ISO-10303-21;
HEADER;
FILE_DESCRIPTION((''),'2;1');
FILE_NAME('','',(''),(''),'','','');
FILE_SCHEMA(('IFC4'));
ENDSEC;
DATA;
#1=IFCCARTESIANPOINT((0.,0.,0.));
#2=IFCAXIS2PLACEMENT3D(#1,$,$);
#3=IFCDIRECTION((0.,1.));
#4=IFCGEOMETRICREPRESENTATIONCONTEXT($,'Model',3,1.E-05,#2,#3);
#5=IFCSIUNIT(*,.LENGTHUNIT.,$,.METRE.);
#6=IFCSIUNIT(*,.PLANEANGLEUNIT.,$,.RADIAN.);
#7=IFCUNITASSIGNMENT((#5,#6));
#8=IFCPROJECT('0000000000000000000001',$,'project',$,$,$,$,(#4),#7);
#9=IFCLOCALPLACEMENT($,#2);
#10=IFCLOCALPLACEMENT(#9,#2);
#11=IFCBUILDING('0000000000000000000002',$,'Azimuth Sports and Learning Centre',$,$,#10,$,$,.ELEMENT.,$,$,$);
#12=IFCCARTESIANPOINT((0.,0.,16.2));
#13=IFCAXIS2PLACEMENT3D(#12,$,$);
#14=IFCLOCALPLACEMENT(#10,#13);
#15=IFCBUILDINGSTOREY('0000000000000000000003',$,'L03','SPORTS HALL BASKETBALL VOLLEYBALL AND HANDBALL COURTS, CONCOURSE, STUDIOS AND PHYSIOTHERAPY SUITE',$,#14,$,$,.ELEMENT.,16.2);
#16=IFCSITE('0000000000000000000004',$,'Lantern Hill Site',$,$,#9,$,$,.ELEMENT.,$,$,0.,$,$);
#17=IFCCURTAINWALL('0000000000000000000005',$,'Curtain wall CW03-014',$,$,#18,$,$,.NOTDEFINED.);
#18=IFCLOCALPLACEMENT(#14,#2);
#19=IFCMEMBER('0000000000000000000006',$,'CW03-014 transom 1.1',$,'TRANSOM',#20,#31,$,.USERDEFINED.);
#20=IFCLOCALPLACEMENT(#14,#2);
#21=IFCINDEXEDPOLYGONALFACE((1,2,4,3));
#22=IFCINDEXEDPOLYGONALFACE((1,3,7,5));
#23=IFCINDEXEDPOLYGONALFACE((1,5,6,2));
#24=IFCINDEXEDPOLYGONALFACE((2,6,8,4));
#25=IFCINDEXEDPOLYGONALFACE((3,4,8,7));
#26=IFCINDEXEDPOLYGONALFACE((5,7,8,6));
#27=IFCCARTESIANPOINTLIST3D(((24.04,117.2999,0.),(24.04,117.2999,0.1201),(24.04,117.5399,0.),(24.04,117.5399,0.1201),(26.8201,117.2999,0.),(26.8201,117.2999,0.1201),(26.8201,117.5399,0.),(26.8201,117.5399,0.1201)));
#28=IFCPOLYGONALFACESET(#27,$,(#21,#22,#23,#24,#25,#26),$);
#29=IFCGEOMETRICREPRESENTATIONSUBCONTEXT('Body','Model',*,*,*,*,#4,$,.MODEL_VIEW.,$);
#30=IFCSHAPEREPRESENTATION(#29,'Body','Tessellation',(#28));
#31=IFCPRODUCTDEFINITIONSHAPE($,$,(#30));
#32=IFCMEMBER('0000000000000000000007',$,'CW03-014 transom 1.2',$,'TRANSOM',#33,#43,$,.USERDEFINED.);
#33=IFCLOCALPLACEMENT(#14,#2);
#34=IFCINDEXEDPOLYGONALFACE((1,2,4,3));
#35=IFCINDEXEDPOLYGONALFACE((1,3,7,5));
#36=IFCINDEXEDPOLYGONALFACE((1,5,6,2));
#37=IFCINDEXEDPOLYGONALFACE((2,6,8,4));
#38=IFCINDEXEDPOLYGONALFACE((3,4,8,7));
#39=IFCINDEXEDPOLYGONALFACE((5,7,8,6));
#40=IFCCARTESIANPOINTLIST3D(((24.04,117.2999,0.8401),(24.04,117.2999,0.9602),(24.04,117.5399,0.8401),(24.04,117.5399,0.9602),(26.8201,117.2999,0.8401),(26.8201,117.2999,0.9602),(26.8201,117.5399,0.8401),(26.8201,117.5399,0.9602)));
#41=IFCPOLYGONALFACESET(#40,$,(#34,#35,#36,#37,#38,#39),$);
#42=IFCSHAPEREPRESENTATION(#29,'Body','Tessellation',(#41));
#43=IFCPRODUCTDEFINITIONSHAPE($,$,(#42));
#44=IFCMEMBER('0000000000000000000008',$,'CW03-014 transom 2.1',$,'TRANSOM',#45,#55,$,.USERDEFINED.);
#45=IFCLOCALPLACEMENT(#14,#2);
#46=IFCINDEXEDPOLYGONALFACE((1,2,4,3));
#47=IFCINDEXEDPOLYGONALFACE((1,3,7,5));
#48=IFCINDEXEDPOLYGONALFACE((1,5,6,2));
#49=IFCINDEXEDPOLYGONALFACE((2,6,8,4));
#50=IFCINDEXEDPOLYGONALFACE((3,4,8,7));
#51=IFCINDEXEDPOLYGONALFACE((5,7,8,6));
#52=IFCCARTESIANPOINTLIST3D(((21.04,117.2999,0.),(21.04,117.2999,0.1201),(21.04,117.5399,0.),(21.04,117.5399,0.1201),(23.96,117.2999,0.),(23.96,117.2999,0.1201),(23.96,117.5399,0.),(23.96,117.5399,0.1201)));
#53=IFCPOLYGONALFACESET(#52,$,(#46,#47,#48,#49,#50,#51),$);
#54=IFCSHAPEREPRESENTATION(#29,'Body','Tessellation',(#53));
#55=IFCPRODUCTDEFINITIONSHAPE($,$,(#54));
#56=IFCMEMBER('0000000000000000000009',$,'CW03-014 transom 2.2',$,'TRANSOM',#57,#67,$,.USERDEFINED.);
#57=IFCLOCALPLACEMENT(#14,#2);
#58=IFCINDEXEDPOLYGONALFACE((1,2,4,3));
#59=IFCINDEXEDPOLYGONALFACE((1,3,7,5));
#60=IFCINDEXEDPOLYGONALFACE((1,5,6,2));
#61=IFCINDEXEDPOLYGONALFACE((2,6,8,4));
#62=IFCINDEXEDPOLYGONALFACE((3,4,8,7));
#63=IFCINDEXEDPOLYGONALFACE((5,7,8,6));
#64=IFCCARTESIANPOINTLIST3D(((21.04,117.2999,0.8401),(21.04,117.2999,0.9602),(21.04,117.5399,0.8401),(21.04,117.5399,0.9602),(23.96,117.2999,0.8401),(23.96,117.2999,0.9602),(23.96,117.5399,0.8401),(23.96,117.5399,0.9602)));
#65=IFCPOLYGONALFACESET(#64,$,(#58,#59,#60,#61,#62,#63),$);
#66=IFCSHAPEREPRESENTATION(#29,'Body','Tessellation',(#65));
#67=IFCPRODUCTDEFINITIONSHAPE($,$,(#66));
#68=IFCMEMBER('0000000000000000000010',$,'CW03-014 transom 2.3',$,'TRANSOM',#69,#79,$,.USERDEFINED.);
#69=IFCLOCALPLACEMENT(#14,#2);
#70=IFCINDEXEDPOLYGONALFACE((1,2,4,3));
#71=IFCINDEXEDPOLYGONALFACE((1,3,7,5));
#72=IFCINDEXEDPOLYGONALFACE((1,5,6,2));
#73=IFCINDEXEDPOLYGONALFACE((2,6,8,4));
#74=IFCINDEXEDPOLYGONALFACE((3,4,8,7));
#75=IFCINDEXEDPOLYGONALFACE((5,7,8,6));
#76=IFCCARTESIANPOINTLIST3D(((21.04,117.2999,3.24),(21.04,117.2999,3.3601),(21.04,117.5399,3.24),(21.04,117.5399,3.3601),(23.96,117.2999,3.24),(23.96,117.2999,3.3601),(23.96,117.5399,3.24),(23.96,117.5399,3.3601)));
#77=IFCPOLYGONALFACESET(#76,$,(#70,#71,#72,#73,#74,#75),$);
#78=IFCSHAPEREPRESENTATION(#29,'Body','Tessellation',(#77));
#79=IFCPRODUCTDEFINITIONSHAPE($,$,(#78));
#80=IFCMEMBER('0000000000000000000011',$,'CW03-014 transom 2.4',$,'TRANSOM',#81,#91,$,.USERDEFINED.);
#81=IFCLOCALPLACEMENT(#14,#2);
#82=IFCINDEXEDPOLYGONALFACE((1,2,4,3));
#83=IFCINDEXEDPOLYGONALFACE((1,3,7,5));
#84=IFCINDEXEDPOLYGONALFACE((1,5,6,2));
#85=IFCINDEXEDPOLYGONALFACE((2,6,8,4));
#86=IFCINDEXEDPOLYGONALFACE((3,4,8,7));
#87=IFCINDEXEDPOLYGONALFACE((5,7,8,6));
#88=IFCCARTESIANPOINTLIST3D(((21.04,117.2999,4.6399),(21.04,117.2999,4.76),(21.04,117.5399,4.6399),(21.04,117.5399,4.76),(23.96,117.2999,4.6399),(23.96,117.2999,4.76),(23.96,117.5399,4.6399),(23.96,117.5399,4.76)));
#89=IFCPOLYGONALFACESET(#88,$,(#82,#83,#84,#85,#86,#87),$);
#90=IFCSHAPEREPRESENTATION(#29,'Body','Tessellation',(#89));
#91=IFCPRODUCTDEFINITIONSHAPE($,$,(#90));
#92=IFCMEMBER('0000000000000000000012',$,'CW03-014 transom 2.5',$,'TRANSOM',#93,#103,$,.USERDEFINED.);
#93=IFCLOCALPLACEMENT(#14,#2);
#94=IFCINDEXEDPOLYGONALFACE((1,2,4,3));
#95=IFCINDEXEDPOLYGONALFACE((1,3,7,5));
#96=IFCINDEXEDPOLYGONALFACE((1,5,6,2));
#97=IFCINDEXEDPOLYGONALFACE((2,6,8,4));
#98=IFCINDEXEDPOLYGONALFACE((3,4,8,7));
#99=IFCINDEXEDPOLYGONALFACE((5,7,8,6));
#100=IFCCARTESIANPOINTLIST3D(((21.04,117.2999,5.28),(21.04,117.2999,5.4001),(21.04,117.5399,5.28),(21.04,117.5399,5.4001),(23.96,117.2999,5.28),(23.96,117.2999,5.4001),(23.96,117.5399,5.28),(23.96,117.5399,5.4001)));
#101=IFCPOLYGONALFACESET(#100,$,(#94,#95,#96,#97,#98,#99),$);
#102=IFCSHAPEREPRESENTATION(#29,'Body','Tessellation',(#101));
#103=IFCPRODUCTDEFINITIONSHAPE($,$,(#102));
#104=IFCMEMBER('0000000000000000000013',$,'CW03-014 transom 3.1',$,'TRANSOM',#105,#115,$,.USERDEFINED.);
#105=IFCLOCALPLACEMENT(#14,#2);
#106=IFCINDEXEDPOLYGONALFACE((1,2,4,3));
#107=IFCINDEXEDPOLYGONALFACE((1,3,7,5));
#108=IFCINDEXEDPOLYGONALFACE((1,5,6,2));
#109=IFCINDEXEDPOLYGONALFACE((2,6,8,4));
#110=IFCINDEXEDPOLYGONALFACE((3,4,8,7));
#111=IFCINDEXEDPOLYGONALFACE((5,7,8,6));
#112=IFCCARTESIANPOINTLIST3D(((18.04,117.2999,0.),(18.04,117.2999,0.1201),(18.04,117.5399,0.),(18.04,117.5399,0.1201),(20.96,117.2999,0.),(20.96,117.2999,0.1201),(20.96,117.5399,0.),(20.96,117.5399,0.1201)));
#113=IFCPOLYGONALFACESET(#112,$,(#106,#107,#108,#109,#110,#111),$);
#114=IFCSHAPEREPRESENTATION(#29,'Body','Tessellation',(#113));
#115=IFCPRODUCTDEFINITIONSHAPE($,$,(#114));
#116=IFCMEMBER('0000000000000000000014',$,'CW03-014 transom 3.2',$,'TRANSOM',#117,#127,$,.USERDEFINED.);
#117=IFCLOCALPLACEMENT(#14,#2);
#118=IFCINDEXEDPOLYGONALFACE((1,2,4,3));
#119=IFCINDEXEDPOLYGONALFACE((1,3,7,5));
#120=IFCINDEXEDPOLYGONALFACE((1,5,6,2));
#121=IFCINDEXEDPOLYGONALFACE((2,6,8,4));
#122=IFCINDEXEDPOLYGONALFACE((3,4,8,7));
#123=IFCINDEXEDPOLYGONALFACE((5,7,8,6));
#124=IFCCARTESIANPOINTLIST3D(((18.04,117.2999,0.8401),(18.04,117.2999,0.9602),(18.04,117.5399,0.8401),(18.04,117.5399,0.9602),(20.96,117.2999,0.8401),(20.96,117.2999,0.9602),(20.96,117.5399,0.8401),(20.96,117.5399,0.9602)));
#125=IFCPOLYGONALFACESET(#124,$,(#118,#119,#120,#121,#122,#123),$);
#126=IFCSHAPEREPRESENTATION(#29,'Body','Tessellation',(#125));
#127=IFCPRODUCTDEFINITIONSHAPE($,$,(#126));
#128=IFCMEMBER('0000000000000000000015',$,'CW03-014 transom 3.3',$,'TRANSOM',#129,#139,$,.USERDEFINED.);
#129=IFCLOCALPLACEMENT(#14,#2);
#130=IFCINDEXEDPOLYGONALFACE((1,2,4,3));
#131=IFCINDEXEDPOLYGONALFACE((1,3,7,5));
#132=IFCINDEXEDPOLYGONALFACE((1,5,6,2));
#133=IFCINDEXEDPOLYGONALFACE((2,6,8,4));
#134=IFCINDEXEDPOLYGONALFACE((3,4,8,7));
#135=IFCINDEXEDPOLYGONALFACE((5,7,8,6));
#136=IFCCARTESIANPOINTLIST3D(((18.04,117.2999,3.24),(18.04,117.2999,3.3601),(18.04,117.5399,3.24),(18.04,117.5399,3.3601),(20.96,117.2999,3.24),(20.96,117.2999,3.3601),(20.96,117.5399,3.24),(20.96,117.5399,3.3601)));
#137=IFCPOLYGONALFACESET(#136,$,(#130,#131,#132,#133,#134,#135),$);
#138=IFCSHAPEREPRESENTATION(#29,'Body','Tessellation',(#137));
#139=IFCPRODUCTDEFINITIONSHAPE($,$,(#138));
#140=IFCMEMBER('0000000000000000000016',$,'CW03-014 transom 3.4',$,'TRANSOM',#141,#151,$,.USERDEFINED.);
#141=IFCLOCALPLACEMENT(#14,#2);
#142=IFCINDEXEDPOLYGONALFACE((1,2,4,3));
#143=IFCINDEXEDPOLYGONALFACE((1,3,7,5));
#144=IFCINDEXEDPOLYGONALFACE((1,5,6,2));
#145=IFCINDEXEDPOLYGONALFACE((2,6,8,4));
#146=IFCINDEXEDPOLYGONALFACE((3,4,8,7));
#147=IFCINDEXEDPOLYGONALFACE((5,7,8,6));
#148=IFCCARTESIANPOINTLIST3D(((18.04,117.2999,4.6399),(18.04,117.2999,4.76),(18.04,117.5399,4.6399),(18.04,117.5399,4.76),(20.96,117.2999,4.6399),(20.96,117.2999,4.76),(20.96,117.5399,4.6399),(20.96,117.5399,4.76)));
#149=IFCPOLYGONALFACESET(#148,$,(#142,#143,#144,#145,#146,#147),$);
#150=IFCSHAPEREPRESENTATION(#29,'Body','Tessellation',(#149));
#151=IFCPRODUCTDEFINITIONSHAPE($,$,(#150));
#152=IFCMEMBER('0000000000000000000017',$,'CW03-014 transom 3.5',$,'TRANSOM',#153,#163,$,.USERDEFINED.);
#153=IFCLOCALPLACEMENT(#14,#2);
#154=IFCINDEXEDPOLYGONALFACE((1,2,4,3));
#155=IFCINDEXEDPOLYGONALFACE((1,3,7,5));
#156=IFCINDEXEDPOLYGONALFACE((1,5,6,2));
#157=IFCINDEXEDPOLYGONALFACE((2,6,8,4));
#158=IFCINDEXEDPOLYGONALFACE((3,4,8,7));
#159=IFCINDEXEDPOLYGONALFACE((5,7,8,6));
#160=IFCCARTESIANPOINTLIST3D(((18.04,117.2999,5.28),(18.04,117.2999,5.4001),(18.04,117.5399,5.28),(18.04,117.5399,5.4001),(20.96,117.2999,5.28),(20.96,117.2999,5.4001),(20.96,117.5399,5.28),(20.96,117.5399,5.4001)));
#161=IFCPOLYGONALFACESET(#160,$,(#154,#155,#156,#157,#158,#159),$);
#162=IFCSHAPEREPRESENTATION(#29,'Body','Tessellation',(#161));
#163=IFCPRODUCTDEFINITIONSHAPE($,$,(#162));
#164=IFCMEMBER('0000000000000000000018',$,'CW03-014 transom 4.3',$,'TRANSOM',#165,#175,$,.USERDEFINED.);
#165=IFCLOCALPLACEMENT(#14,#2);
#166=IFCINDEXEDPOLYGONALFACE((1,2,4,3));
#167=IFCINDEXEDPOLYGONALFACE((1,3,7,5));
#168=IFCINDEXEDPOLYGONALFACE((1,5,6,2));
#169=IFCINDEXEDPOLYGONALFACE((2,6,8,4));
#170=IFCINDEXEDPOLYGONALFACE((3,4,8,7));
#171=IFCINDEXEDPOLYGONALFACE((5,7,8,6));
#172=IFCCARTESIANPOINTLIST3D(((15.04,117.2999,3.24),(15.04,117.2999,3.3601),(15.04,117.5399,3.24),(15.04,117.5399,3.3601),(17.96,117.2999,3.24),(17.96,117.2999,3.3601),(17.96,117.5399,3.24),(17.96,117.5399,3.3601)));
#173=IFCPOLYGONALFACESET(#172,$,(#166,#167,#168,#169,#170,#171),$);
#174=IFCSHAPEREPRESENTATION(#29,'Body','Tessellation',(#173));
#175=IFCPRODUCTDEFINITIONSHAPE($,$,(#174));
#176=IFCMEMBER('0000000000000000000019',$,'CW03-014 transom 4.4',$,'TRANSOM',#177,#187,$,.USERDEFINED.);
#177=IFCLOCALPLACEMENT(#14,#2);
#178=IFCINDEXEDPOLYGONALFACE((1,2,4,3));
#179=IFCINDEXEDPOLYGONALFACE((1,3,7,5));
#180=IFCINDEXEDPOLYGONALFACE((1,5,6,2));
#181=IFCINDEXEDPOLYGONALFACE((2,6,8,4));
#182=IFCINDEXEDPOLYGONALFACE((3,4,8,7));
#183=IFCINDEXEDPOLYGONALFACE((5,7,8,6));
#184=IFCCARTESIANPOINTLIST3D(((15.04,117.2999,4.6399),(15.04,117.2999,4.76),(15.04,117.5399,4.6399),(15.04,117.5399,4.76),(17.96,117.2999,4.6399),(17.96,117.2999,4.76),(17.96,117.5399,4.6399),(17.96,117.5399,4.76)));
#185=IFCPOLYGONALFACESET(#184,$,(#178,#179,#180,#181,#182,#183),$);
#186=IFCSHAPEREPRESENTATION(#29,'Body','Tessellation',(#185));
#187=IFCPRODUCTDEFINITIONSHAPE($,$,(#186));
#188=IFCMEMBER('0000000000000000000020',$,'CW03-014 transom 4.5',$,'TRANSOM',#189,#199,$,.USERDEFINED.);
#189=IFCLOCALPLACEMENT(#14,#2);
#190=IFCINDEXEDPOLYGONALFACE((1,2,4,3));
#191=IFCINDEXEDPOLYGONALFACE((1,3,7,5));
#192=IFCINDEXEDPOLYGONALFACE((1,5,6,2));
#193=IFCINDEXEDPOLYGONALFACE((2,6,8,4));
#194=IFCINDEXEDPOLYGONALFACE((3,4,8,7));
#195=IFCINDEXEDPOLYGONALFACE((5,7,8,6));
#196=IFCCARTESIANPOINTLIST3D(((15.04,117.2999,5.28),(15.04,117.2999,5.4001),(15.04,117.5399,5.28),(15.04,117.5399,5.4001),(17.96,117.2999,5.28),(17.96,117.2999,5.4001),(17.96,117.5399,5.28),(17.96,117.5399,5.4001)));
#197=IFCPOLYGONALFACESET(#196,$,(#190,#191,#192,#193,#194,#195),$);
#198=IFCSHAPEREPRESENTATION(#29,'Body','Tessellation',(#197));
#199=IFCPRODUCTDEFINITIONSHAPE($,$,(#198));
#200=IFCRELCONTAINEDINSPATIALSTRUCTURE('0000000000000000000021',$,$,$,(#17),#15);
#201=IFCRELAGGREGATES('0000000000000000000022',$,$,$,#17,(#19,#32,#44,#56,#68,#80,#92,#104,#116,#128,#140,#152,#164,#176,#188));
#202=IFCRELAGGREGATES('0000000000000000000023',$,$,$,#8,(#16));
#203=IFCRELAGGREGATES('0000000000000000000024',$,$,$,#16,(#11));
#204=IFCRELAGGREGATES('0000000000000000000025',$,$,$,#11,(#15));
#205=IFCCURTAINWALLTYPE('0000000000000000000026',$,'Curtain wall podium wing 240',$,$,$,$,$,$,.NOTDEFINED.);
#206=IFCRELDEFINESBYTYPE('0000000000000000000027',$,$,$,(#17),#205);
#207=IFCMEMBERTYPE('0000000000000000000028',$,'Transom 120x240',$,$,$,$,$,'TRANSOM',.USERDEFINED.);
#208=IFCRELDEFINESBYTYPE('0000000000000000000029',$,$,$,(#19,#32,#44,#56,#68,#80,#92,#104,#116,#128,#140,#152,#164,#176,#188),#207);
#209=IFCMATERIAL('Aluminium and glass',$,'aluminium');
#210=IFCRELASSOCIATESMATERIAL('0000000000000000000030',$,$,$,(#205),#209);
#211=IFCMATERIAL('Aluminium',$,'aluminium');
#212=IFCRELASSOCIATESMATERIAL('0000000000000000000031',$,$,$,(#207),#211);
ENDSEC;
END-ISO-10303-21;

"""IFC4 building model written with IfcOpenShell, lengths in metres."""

from ifc_helpers import new_model, si_unit, direction, frame, origin, origin_2d, place, context, subcontext, project, spatial, rectangle, extrude, material, material_profile, profile_set, type_object, element, aggregate, save


model = new_model("IFC4")

# Units and contexts
model_context = context("Model", 3, precision=1e-05, world=origin(), true_north=direction((0.0, 1.0)))
body_context = subcontext(model_context, "Body", "Model", "MODEL_VIEW")
ifc_project = project(units=[si_unit("LENGTHUNIT", "METRE"), si_unit("PLANEANGLEUNIT", "RADIAN")], contexts=[model_context])

# Site, building, storey
site_placement = place(None, origin())
site = spatial("IfcSite", under=ifc_project, at=site_placement, Name="Lantern Hill Site", CompositionType="ELEMENT", RefElevation=0.0)
building_placement = place(site_placement, origin())
building = spatial("IfcBuilding", under=site, at=building_placement, Name="Azimuth Sports and Learning Centre", CompositionType="ELEMENT")
storey_placement = place(building_placement, frame((0.0, 0.0, 16.2)))
storey = spatial("IfcBuildingStorey", under=building, at=storey_placement, Name="L03", Description="SPORTS HALL BASKETBALL VOLLEYBALL AND HANDBALL COURTS, CONCOURSE, STUDIOS AND PHYSIOTHERAPY SUITE", CompositionType="ELEMENT", Elevation=16.2)

# Curtain wall, members
ifc_material_1 = material(Name="Aluminium and glass", Category="aluminium")
curtain_wall_type = type_object("IfcCurtainWallType", Name="Curtain wall podium wing 240", PredefinedType="NOTDEFINED", material=ifc_material_1)
curtain_wall_placement = place(storey_placement, origin())
curtain_wall = element("IfcCurtainWall", 1, at=curtain_wall_placement, inside=storey, type_object=curtain_wall_type, Name="Curtain wall CW03-014", PredefinedType="NOTDEFINED")
ifc_material_2 = material(Name="Aluminium", Category="aluminium")
ifc_material_profile_1 = material_profile(ifc_material_2, rectangle(XDim=0.24, YDim=0.1201, at=origin_2d()), Name="Transom 120x240")
ifc_profile_set_1 = profile_set([ifc_material_profile_1], Name="Aluminium")
member_type_1 = type_object("IfcMemberType", Name="Transom 120x240", ElementType="TRANSOM", PredefinedType="USERDEFINED", material=ifc_profile_set_1)
member_1_placement = place(storey_placement, frame((26.8201, 117.4199, 0.0601), z_axis=(-1.0, 0.0, 0.0), x_axis=(0.0, -1.0, 0.0)))
member_1 = element("IfcMember", 2, at=member_1_placement, type_object=member_type_1, Name="CW03-014 transom 1.1", ObjectType="TRANSOM", PredefinedType="USERDEFINED", context=body_context, shape_type="SweptSolid", body=[
    extrude(rectangle(XDim=0.24, YDim=0.1201, at=origin_2d()), origin(), (0.0, 0.0, 1.0), 2.78),
])
member_2_placement = place(storey_placement, frame((26.8201, 117.4199, 0.9001), z_axis=(-1.0, 0.0, 0.0), x_axis=(0.0, -1.0, 0.0)))
member_2 = element("IfcMember", 3, at=member_2_placement, type_object=member_type_1, Name="CW03-014 transom 1.2", ObjectType="TRANSOM", PredefinedType="USERDEFINED", context=body_context, shape_type="SweptSolid", body=[
    extrude(rectangle(XDim=0.24, YDim=0.1201, at=origin_2d()), origin(), (0.0, 0.0, 1.0), 2.78),
])
member_3_placement = place(storey_placement, frame((23.96, 117.4199, 0.0601), z_axis=(-1.0, 0.0, 0.0), x_axis=(0.0, -1.0, 0.0)))
member_3 = element("IfcMember", 4, at=member_3_placement, type_object=member_type_1, Name="CW03-014 transom 2.1", ObjectType="TRANSOM", PredefinedType="USERDEFINED", context=body_context, shape_type="SweptSolid", body=[
    extrude(rectangle(XDim=0.24, YDim=0.1201, at=origin_2d()), origin(), (0.0, 0.0, 1.0), 2.9199),
])
member_4_placement = place(storey_placement, frame((23.96, 117.4199, 0.9001), z_axis=(-1.0, 0.0, 0.0), x_axis=(0.0, -1.0, 0.0)))
member_4 = element("IfcMember", 5, at=member_4_placement, type_object=member_type_1, Name="CW03-014 transom 2.2", ObjectType="TRANSOM", PredefinedType="USERDEFINED", context=body_context, shape_type="SweptSolid", body=[
    extrude(rectangle(XDim=0.24, YDim=0.1201, at=origin_2d()), origin(), (0.0, 0.0, 1.0), 2.9199),
])
member_5_placement = place(storey_placement, frame((23.96, 117.4199, 3.3), z_axis=(-1.0, 0.0, 0.0), x_axis=(0.0, -1.0, 0.0)))
member_5 = element("IfcMember", 6, at=member_5_placement, type_object=member_type_1, Name="CW03-014 transom 2.3", ObjectType="TRANSOM", PredefinedType="USERDEFINED", context=body_context, shape_type="SweptSolid", body=[
    extrude(rectangle(XDim=0.24, YDim=0.1201, at=origin_2d()), origin(), (0.0, 0.0, 1.0), 2.9199),
])
member_6_placement = place(storey_placement, frame((23.96, 117.4199, 4.7), z_axis=(-1.0, 0.0, 0.0), x_axis=(0.0, -1.0, 0.0)))
member_6 = element("IfcMember", 7, at=member_6_placement, type_object=member_type_1, Name="CW03-014 transom 2.4", ObjectType="TRANSOM", PredefinedType="USERDEFINED", context=body_context, shape_type="SweptSolid", body=[
    extrude(rectangle(XDim=0.24, YDim=0.1201, at=origin_2d()), origin(), (0.0, 0.0, 1.0), 2.9199),
])
member_7_placement = place(storey_placement, frame((23.96, 117.4199, 5.3401), z_axis=(-1.0, 0.0, 0.0), x_axis=(0.0, -1.0, 0.0)))
member_7 = element("IfcMember", 8, at=member_7_placement, type_object=member_type_1, Name="CW03-014 transom 2.5", ObjectType="TRANSOM", PredefinedType="USERDEFINED", context=body_context, shape_type="SweptSolid", body=[
    extrude(rectangle(XDim=0.24, YDim=0.1201, at=origin_2d()), origin(), (0.0, 0.0, 1.0), 2.9199),
])
member_8_placement = place(storey_placement, frame((20.96, 117.4199, 0.0601), z_axis=(-1.0, 0.0, 0.0), x_axis=(0.0, -1.0, 0.0)))
member_8 = element("IfcMember", 9, at=member_8_placement, type_object=member_type_1, Name="CW03-014 transom 3.1", ObjectType="TRANSOM", PredefinedType="USERDEFINED", context=body_context, shape_type="SweptSolid", body=[
    extrude(rectangle(XDim=0.24, YDim=0.1201, at=origin_2d()), origin(), (0.0, 0.0, 1.0), 2.9199),
])
member_9_placement = place(storey_placement, frame((20.96, 117.4199, 0.9001), z_axis=(-1.0, 0.0, 0.0), x_axis=(0.0, -1.0, 0.0)))
member_9 = element("IfcMember", 10, at=member_9_placement, type_object=member_type_1, Name="CW03-014 transom 3.2", ObjectType="TRANSOM", PredefinedType="USERDEFINED", context=body_context, shape_type="SweptSolid", body=[
    extrude(rectangle(XDim=0.24, YDim=0.1201, at=origin_2d()), origin(), (0.0, 0.0, 1.0), 2.9199),
])
member_10_placement = place(storey_placement, frame((20.96, 117.4199, 3.3), z_axis=(-1.0, 0.0, 0.0), x_axis=(0.0, -1.0, 0.0)))
member_10 = element("IfcMember", 11, at=member_10_placement, type_object=member_type_1, Name="CW03-014 transom 3.3", ObjectType="TRANSOM", PredefinedType="USERDEFINED", context=body_context, shape_type="SweptSolid", body=[
    extrude(rectangle(XDim=0.24, YDim=0.1201, at=origin_2d()), origin(), (0.0, 0.0, 1.0), 2.9199),
])
member_11_placement = place(storey_placement, frame((20.96, 117.4199, 4.7), z_axis=(-1.0, 0.0, 0.0), x_axis=(0.0, -1.0, 0.0)))
member_11 = element("IfcMember", 12, at=member_11_placement, type_object=member_type_1, Name="CW03-014 transom 3.4", ObjectType="TRANSOM", PredefinedType="USERDEFINED", context=body_context, shape_type="SweptSolid", body=[
    extrude(rectangle(XDim=0.24, YDim=0.1201, at=origin_2d()), origin(), (0.0, 0.0, 1.0), 2.9199),
])
member_12_placement = place(storey_placement, frame((20.96, 117.4199, 5.3401), z_axis=(-1.0, 0.0, 0.0), x_axis=(0.0, -1.0, 0.0)))
member_12 = element("IfcMember", 13, at=member_12_placement, type_object=member_type_1, Name="CW03-014 transom 3.5", ObjectType="TRANSOM", PredefinedType="USERDEFINED", context=body_context, shape_type="SweptSolid", body=[
    extrude(rectangle(XDim=0.24, YDim=0.1201, at=origin_2d()), origin(), (0.0, 0.0, 1.0), 2.9199),
])
member_13_placement = place(storey_placement, frame((17.96, 117.4199, 3.3), z_axis=(-1.0, 0.0, 0.0), x_axis=(0.0, -1.0, 0.0)))
member_13 = element("IfcMember", 14, at=member_13_placement, type_object=member_type_1, Name="CW03-014 transom 4.3", ObjectType="TRANSOM", PredefinedType="USERDEFINED", context=body_context, shape_type="SweptSolid", body=[
    extrude(rectangle(XDim=0.24, YDim=0.1201, at=origin_2d()), origin(), (0.0, 0.0, 1.0), 2.9199),
])
member_14_placement = place(storey_placement, frame((17.96, 117.4199, 4.7), z_axis=(-1.0, 0.0, 0.0), x_axis=(0.0, -1.0, 0.0)))
member_14 = element("IfcMember", 15, at=member_14_placement, type_object=member_type_1, Name="CW03-014 transom 4.4", ObjectType="TRANSOM", PredefinedType="USERDEFINED", context=body_context, shape_type="SweptSolid", body=[
    extrude(rectangle(XDim=0.24, YDim=0.1201, at=origin_2d()), origin(), (0.0, 0.0, 1.0), 2.9199),
])
member_15_placement = place(storey_placement, frame((17.96, 117.4199, 5.3401), z_axis=(-1.0, 0.0, 0.0), x_axis=(0.0, -1.0, 0.0)))
member_15 = element("IfcMember", 16, at=member_15_placement, type_object=member_type_1, Name="CW03-014 transom 4.5", ObjectType="TRANSOM", PredefinedType="USERDEFINED", context=body_context, shape_type="SweptSolid", body=[
    extrude(rectangle(XDim=0.24, YDim=0.1201, at=origin_2d()), origin(), (0.0, 0.0, 1.0), 2.9199),
])
aggregate(curtain_wall, [member_1, member_2, member_3, member_4, member_5, member_6, member_7, member_8, member_9, member_10, member_11, member_12, member_13, member_14, member_15])

save(model, "model.ifc")
